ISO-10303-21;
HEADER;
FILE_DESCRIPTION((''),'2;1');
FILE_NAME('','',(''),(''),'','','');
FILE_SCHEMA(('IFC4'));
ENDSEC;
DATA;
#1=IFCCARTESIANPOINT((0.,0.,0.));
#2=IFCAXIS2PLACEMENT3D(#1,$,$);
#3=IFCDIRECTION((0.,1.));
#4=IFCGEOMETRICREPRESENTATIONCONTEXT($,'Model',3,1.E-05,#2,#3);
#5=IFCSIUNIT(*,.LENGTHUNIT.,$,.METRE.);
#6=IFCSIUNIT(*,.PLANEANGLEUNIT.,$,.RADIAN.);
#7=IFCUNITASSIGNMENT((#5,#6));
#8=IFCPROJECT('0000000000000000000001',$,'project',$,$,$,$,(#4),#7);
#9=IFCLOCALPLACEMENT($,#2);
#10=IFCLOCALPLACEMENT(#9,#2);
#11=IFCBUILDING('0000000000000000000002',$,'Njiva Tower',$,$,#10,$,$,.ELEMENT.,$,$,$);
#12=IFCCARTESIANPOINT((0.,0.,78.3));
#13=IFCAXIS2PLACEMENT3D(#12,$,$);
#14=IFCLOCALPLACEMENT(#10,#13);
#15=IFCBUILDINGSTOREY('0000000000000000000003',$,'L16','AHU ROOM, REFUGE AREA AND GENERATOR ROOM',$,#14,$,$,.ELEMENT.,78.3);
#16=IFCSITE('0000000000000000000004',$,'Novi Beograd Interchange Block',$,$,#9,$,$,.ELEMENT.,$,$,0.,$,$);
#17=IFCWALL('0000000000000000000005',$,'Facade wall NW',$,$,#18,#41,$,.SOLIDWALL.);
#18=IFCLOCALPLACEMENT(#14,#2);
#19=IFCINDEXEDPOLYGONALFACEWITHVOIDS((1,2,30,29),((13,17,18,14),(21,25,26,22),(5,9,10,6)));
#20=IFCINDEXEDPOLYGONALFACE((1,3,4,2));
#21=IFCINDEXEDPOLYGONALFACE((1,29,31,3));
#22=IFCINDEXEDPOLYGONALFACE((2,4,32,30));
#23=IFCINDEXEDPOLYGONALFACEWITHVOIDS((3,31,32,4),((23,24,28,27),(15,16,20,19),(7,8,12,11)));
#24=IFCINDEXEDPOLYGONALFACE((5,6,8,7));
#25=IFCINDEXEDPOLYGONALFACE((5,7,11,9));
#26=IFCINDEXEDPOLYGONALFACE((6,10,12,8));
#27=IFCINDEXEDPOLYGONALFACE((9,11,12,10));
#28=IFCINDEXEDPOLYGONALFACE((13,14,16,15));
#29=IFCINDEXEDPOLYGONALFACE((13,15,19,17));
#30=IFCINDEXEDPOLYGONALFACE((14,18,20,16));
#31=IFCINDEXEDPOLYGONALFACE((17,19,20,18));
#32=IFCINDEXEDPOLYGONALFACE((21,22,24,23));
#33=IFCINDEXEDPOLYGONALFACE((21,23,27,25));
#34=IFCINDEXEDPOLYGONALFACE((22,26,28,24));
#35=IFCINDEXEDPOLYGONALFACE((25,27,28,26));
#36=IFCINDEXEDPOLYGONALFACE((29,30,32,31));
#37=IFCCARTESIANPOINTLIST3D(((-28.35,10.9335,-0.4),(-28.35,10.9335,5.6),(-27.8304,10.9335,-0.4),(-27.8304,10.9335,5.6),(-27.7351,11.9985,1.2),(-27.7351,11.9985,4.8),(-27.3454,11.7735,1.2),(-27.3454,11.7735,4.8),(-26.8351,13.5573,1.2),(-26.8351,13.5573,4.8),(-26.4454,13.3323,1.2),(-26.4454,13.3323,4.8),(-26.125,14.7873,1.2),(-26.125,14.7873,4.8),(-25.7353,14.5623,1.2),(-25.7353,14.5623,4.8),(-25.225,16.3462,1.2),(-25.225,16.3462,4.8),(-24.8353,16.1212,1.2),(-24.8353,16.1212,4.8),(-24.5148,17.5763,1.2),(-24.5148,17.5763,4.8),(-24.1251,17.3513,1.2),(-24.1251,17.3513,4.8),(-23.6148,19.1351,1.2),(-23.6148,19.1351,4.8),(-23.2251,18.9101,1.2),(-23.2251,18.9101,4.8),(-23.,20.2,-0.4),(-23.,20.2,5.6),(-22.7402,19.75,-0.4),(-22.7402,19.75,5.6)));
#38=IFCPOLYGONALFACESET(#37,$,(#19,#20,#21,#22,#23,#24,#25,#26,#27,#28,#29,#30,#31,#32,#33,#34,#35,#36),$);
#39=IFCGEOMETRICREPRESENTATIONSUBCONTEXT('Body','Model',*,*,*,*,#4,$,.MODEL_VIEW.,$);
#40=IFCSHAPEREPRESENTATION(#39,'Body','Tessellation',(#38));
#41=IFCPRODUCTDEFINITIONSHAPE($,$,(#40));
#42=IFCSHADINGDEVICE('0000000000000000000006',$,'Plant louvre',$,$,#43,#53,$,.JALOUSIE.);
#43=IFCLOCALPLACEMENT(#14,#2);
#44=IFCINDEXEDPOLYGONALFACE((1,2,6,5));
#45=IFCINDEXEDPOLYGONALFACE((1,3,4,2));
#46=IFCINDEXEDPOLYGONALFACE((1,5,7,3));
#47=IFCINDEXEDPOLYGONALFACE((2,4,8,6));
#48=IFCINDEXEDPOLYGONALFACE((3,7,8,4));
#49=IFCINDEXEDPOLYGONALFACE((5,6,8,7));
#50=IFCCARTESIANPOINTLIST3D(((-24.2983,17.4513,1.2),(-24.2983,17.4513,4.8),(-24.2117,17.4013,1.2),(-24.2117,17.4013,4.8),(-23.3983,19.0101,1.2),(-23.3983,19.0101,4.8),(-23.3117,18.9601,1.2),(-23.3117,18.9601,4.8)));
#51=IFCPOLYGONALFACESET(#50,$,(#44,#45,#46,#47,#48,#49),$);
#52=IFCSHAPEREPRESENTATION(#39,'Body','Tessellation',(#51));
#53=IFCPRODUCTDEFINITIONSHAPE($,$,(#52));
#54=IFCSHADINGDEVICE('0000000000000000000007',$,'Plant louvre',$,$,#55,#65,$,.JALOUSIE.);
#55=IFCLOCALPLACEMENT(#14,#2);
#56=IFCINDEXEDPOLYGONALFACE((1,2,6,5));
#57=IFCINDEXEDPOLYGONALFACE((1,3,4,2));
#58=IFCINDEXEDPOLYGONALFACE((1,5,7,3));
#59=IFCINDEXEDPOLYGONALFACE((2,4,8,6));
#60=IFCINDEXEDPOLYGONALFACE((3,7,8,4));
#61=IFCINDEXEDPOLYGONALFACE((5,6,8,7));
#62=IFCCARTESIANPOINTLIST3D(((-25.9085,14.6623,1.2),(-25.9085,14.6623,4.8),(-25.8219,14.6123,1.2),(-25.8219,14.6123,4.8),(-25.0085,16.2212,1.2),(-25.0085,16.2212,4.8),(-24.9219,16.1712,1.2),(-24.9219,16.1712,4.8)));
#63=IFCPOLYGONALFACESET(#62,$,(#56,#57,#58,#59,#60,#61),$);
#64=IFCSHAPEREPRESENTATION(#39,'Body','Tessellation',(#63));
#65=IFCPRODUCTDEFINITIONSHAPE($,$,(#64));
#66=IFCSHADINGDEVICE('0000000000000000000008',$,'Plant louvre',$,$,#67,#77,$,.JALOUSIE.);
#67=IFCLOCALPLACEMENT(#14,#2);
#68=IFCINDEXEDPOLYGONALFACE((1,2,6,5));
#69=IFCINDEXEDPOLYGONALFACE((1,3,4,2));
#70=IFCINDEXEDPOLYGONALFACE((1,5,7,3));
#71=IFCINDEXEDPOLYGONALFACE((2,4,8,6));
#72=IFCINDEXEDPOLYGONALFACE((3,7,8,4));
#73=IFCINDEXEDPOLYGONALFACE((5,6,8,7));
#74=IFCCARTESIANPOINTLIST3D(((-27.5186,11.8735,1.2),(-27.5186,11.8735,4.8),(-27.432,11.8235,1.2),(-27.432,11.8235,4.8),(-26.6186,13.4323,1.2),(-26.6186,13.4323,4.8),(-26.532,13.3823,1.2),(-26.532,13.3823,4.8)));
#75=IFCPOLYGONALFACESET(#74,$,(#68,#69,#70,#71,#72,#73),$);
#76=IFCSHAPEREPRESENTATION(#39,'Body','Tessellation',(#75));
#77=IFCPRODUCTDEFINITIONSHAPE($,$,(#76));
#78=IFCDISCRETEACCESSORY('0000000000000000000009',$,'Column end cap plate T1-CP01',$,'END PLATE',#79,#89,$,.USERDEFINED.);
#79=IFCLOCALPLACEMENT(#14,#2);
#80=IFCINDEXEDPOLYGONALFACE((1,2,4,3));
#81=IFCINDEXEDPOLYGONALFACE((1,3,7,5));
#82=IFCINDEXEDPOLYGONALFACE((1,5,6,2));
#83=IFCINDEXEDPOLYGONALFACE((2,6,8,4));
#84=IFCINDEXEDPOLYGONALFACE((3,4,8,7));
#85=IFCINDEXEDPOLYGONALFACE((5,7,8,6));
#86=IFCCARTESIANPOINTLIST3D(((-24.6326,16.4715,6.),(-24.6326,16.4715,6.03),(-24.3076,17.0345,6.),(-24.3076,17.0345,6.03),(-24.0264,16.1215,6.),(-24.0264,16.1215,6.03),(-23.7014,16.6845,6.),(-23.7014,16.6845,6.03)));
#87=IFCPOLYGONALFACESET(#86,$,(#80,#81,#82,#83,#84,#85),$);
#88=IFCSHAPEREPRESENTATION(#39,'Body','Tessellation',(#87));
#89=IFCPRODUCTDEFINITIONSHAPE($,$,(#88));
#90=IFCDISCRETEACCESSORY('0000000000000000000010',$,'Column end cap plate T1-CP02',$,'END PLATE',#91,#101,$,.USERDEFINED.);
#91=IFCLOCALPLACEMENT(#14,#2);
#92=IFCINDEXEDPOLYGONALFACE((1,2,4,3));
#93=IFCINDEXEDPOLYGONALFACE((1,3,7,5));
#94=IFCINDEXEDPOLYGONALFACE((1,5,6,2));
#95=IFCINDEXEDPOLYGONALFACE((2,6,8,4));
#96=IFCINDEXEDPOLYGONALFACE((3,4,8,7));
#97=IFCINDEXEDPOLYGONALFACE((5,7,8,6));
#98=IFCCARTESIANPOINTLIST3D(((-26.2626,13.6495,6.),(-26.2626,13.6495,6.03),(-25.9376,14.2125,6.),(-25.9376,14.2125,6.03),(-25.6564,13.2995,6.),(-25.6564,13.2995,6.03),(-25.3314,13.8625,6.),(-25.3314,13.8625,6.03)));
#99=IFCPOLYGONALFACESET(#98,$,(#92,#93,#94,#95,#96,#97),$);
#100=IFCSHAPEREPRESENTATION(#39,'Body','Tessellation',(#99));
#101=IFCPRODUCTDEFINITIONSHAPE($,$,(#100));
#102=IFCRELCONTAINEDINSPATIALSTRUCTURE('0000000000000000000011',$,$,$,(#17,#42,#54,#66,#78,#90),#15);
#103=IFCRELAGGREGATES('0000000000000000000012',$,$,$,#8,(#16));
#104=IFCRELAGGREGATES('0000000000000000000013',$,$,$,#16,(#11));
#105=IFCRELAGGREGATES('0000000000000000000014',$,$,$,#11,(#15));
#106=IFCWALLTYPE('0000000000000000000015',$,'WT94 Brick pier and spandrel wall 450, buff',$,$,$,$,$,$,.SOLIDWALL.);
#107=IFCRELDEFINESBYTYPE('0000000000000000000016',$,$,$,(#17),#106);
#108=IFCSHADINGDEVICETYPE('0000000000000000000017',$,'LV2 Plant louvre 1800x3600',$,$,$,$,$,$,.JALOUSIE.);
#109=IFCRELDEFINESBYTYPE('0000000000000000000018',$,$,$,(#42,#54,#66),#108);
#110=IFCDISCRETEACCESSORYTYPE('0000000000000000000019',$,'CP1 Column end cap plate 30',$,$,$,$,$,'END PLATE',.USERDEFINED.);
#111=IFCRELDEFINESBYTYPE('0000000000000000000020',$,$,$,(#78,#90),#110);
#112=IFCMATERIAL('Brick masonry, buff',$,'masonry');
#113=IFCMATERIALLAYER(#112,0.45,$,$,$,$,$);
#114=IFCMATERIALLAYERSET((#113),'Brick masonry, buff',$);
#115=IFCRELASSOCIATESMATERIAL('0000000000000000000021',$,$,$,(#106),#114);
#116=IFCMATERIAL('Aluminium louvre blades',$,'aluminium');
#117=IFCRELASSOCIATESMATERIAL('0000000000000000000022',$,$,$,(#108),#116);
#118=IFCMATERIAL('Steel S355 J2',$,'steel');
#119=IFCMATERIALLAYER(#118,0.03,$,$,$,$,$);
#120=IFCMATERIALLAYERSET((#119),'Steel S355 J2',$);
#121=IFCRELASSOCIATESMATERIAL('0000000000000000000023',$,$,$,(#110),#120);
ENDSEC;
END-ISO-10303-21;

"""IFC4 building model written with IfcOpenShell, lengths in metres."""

from ifc_helpers import new_model, si_unit, direction, frame, frame_2d, origin, place, context, subcontext, project, spatial, polyline, rectangle, outline, extrude, material, layer, layer_set, type_object, element, fill, save


model = new_model("IFC4")

# Units and contexts
model_context = context("Model", 3, precision=1e-05, world=origin(), true_north=direction((0.0, 1.0)))
body_context = subcontext(model_context, "Body", "Model", "MODEL_VIEW")
ifc_project = project(units=[si_unit("LENGTHUNIT", "METRE"), si_unit("PLANEANGLEUNIT", "RADIAN")], contexts=[model_context])

# Site, building, storey
site_placement = place(None, origin())
site = spatial("IfcSite", under=ifc_project, at=site_placement, Name="Novi Beograd Interchange Block", CompositionType="ELEMENT", RefElevation=0.0)
building_placement = place(site_placement, origin())
building = spatial("IfcBuilding", under=site, at=building_placement, Name="Njiva Tower", CompositionType="ELEMENT")
storey_placement = place(building_placement, frame((0.0, 0.0, 78.3)))
storey = spatial("IfcBuildingStorey", under=building, at=storey_placement, Name="L16", Description="AHU ROOM, REFUGE AREA AND GENERATOR ROOM", CompositionType="ELEMENT", Elevation=78.3)

# Shared definitions
ifc_material_1 = material(Name="Steel S355 J2", Category="steel")

# Wall, openings, shading devices
ifc_material_2 = material(Name="Brick masonry, buff", Category="masonry")
ifc_layer_1 = layer(ifc_material_2, 0.45)
ifc_layer_set_1 = layer_set([ifc_layer_1], Name="Brick masonry, buff")
wall_type_1 = type_object("IfcWallType", Name="WT94 Brick pier and spandrel wall 450, buff", PredefinedType="SOLIDWALL", material=ifc_layer_set_1)
wall_1_placement = place(storey_placement, frame((-22.8701, 19.975, -0.4), z_axis=(0.0, 0.0, 1.0), x_axis=(-0.499999, -0.866026, 0.0)))
wall_1 = element("IfcWall", 1, at=wall_1_placement, inside=storey, type_object=wall_type_1, Name="Facade wall NW", PredefinedType="SOLIDWALL", context=body_context, shape_type="SweptSolid", body=[
    extrude(outline(polyline([(-0.1299, -0.225), (10.5701, -0.225), (10.3103, 0.225), (0.1299, 0.225), (-0.1299, -0.225)])), origin(), (0.0, 0.0, 1.0), 6.0),
])
opening_1_placement = place(wall_1_placement, frame((1.0997, 0.0, 1.6)))
opening_1 = element("IfcOpeningElement", 2, at=opening_1_placement, cuts=wall_1, PredefinedType="OPENING", context=body_context, shape_type="SweptSolid", body=[
    extrude(rectangle(XDim=1.8, YDim=3.6, at=frame_2d((0.9, 1.8))), frame((0.0, 0.235, 0.0), z_axis=(0.0, -1.0, 0.0), x_axis=(1.0, 0.0, 0.0)), (0.0, 0.0, 1.0), 0.47),
])
opening_2_placement = place(wall_1_placement, frame((4.3201, 0.0, 1.6)))
opening_2 = element("IfcOpeningElement", 3, at=opening_2_placement, cuts=wall_1, PredefinedType="OPENING", context=body_context, shape_type="SweptSolid", body=[
    extrude(rectangle(XDim=1.8, YDim=3.6, at=frame_2d((0.9, 1.8))), frame((0.0, 0.235, 0.0), z_axis=(0.0, -1.0, 0.0), x_axis=(1.0, 0.0, 0.0)), (0.0, 0.0, 1.0), 0.47),
])
opening_3_placement = place(wall_1_placement, frame((7.5404, 0.0, 1.6)))
opening_3 = element("IfcOpeningElement", 4, at=opening_3_placement, cuts=wall_1, PredefinedType="OPENING", context=body_context, shape_type="SweptSolid", body=[
    extrude(rectangle(XDim=1.8, YDim=3.6, at=frame_2d((0.9, 1.8))), frame((0.0, 0.235, 0.0), z_axis=(0.0, -1.0, 0.0), x_axis=(1.0, 0.0, 0.0)), (0.0, 0.0, 1.0), 0.47),
])
ifc_material_3 = material(Name="Aluminium louvre blades", Category="aluminium")
shading_device_type = type_object("IfcShadingDeviceType", Name="LV2 Plant louvre 1800x3600", PredefinedType="JALOUSIE", material=ifc_material_3)
shading_device_1_placement = place(opening_1_placement, origin())
shading_device_1 = element("IfcShadingDevice", 5, at=shading_device_1_placement, inside=storey, type_object=shading_device_type, Name="Plant louvre", PredefinedType="JALOUSIE", context=body_context, shape_type="SweptSolid", body=[
    extrude(rectangle(XDim=1.8, YDim=3.6, at=frame_2d((0.9, 1.8))), frame((0.0, 0.125, 0.0), z_axis=(0.0, -1.0, 0.0), x_axis=(1.0, 0.0, 0.0)), (0.0, 0.0, 1.0), 0.1),
])
fill(opening_1, shading_device_1)
shading_device_2_placement = place(opening_2_placement, origin())
shading_device_2 = element("IfcShadingDevice", 6, at=shading_device_2_placement, inside=storey, type_object=shading_device_type, Name="Plant louvre", PredefinedType="JALOUSIE", context=body_context, shape_type="SweptSolid", body=[
    extrude(rectangle(XDim=1.8, YDim=3.6, at=frame_2d((0.9, 1.8))), frame((0.0, 0.125, 0.0), z_axis=(0.0, -1.0, 0.0), x_axis=(1.0, 0.0, 0.0)), (0.0, 0.0, 1.0), 0.1),
])
fill(opening_2, shading_device_2)
shading_device_3_placement = place(opening_3_placement, origin())
shading_device_3 = element("IfcShadingDevice", 7, at=shading_device_3_placement, inside=storey, type_object=shading_device_type, Name="Plant louvre", PredefinedType="JALOUSIE", context=body_context, shape_type="SweptSolid", body=[
    extrude(rectangle(XDim=1.8, YDim=3.6, at=frame_2d((0.9, 1.8))), frame((0.0, 0.125, 0.0), z_axis=(0.0, -1.0, 0.0), x_axis=(1.0, 0.0, 0.0)), (0.0, 0.0, 1.0), 0.1),
])
fill(opening_3, shading_device_3)

# Discrete accessories
ifc_layer_2 = layer(ifc_material_1, 0.03)
ifc_layer_set_2 = layer_set([ifc_layer_2], Name="Steel S355 J2")
discrete_accessory_type = type_object("IfcDiscreteAccessoryType", Name="CP1 Column end cap plate 30", ElementType="END PLATE", PredefinedType="USERDEFINED", material=ifc_layer_set_2)
for number, where, name in (
    (8, (-24.167, 16.578, 6.0), "Column end cap plate T1-CP01"),
    (9, (-25.797, 13.756, 6.0), "Column end cap plate T1-CP02"),
):
    element("IfcDiscreteAccessory", number, at=place(storey_placement, frame(where)), inside=storey, type_object=discrete_accessory_type, Name=name, ObjectType="END PLATE", PredefinedType="USERDEFINED", context=body_context, shape_type="SweptSolid", body=[
        extrude(outline(polyline([(0.1406, -0.4565), (0.4656, 0.1065), (-0.1406, 0.4565), (-0.4656, -0.1065), (0.1406, -0.4565)])), origin(), (0.0, 0.0, 1.0), 0.03),
    ])

save(model, "model.ifc")
